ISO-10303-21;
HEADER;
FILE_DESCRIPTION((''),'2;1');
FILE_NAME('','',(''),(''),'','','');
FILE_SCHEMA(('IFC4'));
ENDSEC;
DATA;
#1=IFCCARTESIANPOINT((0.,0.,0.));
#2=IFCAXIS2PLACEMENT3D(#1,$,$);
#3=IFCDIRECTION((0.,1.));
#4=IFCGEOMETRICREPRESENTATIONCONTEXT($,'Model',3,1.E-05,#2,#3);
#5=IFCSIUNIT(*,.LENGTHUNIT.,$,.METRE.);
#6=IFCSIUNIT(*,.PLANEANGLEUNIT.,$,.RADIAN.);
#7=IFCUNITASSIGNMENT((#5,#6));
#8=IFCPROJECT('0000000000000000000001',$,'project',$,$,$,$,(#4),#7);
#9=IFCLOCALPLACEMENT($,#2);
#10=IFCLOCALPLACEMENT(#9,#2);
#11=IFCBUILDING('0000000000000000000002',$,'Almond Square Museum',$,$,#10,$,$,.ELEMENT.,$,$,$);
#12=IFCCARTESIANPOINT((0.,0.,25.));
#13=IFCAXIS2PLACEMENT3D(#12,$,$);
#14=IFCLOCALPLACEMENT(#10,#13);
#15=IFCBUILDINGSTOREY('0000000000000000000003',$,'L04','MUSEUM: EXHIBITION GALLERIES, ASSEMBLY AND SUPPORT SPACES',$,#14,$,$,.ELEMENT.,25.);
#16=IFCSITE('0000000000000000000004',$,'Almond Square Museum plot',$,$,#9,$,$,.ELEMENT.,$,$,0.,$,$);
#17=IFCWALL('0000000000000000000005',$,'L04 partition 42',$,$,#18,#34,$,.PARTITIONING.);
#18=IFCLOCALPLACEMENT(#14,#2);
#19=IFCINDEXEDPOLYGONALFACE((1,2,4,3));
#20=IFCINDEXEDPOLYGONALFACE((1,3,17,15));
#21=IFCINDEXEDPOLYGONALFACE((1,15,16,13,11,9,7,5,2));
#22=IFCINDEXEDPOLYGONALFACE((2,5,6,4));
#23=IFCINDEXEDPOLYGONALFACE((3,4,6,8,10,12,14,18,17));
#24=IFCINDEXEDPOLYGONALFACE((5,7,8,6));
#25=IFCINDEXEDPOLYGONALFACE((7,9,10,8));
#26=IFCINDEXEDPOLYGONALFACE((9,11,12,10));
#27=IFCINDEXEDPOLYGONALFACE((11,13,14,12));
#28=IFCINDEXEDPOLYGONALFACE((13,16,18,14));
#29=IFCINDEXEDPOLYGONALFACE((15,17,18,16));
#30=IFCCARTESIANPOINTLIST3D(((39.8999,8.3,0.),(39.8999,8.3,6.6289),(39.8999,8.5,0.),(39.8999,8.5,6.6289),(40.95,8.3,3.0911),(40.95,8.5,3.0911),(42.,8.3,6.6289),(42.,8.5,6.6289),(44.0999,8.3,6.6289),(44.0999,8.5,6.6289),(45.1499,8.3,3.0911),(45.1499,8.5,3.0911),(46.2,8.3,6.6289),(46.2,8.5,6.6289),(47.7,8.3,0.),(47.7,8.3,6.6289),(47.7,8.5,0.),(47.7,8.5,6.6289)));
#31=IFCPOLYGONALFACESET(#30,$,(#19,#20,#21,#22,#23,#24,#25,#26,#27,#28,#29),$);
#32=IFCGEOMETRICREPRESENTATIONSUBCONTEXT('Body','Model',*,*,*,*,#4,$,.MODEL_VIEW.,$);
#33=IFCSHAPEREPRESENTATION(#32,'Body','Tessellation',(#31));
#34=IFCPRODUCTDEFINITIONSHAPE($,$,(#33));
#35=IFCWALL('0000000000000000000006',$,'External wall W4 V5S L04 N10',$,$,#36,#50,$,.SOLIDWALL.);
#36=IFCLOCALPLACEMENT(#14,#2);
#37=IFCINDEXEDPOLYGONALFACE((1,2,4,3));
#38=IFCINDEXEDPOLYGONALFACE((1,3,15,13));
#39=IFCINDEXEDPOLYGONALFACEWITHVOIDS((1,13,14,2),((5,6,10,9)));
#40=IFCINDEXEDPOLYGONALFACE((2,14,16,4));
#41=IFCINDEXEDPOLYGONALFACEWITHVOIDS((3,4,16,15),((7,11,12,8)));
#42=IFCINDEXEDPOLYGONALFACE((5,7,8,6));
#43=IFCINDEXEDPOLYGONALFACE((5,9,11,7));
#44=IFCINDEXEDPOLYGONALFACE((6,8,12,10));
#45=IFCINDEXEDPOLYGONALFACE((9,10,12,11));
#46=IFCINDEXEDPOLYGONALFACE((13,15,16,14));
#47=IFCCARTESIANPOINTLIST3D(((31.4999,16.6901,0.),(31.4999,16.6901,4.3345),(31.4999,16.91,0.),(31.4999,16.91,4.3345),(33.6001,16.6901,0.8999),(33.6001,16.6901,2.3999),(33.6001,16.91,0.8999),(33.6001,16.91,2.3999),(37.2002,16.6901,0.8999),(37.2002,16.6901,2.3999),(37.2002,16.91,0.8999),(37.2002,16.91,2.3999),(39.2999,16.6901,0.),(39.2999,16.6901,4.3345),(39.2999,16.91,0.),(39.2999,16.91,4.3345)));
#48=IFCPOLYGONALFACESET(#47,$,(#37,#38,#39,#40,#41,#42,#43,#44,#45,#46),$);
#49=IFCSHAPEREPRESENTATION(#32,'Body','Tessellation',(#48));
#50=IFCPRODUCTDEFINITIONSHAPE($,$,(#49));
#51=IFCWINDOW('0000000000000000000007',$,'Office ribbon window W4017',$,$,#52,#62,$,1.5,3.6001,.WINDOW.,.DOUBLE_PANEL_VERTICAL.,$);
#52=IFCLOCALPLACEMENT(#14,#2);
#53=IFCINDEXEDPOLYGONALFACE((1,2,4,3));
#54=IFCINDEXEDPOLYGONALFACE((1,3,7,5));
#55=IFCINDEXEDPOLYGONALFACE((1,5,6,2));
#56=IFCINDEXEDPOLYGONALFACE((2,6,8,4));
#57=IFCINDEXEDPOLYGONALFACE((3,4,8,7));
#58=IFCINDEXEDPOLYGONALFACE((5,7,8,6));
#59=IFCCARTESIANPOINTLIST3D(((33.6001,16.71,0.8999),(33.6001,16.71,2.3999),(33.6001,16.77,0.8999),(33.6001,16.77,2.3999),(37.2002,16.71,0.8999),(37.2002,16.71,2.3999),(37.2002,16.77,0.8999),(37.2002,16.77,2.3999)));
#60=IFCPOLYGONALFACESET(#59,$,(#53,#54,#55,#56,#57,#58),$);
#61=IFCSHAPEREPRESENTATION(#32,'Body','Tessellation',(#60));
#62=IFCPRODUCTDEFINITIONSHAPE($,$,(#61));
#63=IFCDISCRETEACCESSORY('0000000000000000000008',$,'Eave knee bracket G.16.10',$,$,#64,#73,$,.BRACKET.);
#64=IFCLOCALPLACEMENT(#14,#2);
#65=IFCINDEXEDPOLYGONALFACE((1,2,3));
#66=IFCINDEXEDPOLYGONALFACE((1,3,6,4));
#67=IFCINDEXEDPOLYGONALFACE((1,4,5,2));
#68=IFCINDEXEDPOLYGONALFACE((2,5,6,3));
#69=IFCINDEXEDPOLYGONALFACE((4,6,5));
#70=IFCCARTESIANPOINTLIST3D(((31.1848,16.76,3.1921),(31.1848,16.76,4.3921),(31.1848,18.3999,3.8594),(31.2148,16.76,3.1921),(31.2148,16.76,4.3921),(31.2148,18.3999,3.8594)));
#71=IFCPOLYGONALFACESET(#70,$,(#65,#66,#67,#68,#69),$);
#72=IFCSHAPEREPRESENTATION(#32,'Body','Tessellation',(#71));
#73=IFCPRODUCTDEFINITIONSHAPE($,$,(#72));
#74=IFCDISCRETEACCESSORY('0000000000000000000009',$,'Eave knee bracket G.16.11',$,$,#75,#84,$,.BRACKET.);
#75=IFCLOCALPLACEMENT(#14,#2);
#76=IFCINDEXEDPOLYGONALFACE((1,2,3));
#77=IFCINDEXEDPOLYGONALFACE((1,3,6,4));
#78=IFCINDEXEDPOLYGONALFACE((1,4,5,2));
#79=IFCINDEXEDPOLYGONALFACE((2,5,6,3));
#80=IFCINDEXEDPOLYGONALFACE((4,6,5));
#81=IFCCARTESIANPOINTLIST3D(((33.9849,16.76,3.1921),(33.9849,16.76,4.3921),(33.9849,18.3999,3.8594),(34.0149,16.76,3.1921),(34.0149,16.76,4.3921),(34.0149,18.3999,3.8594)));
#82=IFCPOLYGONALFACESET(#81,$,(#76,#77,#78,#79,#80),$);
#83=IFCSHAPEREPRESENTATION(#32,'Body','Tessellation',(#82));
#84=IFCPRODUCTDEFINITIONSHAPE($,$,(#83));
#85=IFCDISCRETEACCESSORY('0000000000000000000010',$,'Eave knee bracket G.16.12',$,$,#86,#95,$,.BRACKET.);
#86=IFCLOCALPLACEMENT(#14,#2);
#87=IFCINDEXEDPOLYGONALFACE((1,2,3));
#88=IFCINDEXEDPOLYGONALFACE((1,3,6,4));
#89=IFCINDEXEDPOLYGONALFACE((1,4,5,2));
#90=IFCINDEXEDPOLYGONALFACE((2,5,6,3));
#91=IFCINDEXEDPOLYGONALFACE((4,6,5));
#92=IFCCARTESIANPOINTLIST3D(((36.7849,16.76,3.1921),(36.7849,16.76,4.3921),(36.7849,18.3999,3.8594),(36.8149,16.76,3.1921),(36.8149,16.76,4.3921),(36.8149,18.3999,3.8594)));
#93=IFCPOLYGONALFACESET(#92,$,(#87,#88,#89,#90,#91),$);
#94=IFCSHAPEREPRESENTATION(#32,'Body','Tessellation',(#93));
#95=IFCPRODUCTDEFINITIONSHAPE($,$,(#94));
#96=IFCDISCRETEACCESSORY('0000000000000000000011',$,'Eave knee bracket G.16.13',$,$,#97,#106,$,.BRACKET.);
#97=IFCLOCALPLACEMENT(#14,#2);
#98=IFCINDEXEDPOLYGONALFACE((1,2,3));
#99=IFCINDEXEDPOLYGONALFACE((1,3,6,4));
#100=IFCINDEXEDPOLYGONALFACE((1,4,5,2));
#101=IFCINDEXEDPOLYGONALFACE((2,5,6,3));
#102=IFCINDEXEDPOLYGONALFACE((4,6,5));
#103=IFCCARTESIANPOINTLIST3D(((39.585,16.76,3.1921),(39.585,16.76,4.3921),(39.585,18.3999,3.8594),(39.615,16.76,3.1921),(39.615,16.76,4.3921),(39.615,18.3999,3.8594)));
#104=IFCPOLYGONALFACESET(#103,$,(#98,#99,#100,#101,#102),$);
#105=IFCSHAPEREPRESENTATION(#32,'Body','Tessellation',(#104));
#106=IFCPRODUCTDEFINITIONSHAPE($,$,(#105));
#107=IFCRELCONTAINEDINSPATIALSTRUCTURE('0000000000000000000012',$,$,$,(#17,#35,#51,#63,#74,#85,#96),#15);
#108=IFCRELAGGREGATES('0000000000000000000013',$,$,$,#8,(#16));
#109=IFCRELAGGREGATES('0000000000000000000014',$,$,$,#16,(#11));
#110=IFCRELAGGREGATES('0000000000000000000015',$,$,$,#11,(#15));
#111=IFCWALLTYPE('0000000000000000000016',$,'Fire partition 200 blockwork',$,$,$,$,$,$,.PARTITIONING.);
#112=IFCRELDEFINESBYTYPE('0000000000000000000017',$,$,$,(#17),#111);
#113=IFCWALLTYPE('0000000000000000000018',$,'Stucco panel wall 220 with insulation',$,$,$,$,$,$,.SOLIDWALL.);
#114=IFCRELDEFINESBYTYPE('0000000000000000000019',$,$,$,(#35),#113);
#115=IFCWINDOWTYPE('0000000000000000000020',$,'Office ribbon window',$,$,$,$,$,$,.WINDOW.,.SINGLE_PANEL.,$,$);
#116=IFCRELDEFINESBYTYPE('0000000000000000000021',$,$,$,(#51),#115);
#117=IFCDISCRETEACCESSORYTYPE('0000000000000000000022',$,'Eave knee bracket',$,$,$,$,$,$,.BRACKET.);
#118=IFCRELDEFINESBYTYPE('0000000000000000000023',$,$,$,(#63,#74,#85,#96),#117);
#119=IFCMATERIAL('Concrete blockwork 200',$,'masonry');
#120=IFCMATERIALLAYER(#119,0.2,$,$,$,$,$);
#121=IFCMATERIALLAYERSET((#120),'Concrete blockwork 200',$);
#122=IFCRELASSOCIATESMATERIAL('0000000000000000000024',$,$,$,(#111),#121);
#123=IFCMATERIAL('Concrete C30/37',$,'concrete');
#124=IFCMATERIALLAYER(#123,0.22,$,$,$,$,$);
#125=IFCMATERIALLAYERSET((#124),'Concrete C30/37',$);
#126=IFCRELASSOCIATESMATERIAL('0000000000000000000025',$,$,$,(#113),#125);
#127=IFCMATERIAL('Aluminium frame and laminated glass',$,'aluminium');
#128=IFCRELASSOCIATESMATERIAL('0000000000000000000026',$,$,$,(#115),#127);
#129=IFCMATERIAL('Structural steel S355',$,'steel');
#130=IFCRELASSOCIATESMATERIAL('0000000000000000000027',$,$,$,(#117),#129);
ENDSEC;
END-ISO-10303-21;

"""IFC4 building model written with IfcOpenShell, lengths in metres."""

from ifc_helpers import new_model, si_unit, direction, frame, frame_2d, origin, place, context, subcontext, project, spatial, polyline, rectangle, outline, extrude, material, layer, layer_set, type_object, element, fill, save


model = new_model("IFC4")

# Units and contexts
model_context = context("Model", 3, precision=1e-05, world=origin(), true_north=direction((0.0, 1.0)))
body_context = subcontext(model_context, "Body", "Model", "MODEL_VIEW")
ifc_project = project(units=[si_unit("LENGTHUNIT", "METRE"), si_unit("PLANEANGLEUNIT", "RADIAN")], contexts=[model_context])

# Site, building, storey
site_placement = place(None, origin())
site = spatial("IfcSite", under=ifc_project, at=site_placement, Name="Almond Square Museum plot", CompositionType="ELEMENT", RefElevation=0.0)
building_placement = place(site_placement, origin())
building = spatial("IfcBuilding", under=site, at=building_placement, Name="Almond Square Museum", CompositionType="ELEMENT")
storey_placement = place(building_placement, frame((0.0, 0.0, 25.0)))
storey = spatial("IfcBuildingStorey", under=building, at=storey_placement, Name="L04", Description="MUSEUM: EXHIBITION GALLERIES, ASSEMBLY AND SUPPORT SPACES", CompositionType="ELEMENT", Elevation=25.0)

# Wall
ifc_material_1 = material(Name="Concrete blockwork 200", Category="masonry")
ifc_layer_1 = layer(ifc_material_1, 0.2)
ifc_layer_set_1 = layer_set([ifc_layer_1], Name="Concrete blockwork 200")
wall_type_1 = type_object("IfcWallType", Name="Fire partition 200 blockwork", PredefinedType="PARTITIONING", material=ifc_layer_set_1)
wall_1_placement = place(storey_placement, frame((39.8999, 8.3999, 0.0), z_axis=(0.0, 0.0, 1.0), x_axis=(1.0, 0.0, 0.0)))
element("IfcWall", 1, at=wall_1_placement, inside=storey, type_object=wall_type_1, Name="L04 partition 42", PredefinedType="PARTITIONING", context=body_context, shape_type="SweptSolid", body=[
    extrude(outline(polyline([(0.0, 0.0), (7.8, 0.0), (7.8, 6.6289), (6.3, 6.6289), (5.25, 3.0911), (4.2, 6.6289), (2.1001, 6.6289), (1.05, 3.0911), (0.0, 6.6289), (0.0, 0.0)])), frame((0.0, 0.1001, 0.0), z_axis=(0.0, -1.0, 0.0), x_axis=(1.0, 0.0, 0.0)), (0.0, 0.0, 1.0), 0.2),
])

# Wall, opening, window
ifc_material_2 = material(Name="Concrete C30/37", Category="concrete")
ifc_layer_2 = layer(ifc_material_2, 0.22)
ifc_layer_set_2 = layer_set([ifc_layer_2], Name="Concrete C30/37")
wall_type_2 = type_object("IfcWallType", Name="Stucco panel wall 220 with insulation", PredefinedType="SOLIDWALL", material=ifc_layer_set_2)
wall_2_placement = place(storey_placement, frame((31.5, 16.8, 0.0), z_axis=(0.0, 0.0, 1.0), x_axis=(1.0, 0.0, 0.0)))
wall_2 = element("IfcWall", 2, at=wall_2_placement, inside=storey, type_object=wall_type_2, Name="External wall W4 V5S L04 N10", PredefinedType="SOLIDWALL", context=body_context, shape_type="SweptSolid", body=[
    extrude(rectangle(XDim=7.8, YDim=0.22, at=frame_2d((3.8999, 0.0))), origin(), (0.0, 0.0, 1.0), 4.3345),
])
opening_placement = place(wall_2_placement, frame((2.1001, 0.0, 0.8999)))
opening = element("IfcOpeningElement", 3, at=opening_placement, cuts=wall_2, PredefinedType="OPENING", context=body_context, shape_type="SweptSolid", body=[
    extrude(rectangle(XDim=3.6001, YDim=1.5, at=frame_2d((1.8, 0.75))), frame((0.0, 0.1199, 0.0), z_axis=(0.0, -1.0, 0.0), x_axis=(1.0, 0.0, 0.0)), (0.0, 0.0, 1.0), 0.24),
])
ifc_material_3 = material(Name="Aluminium frame and laminated glass", Category="aluminium")
window_type = type_object("IfcWindowType", Name="Office ribbon window", PartitioningType="SINGLE_PANEL", PredefinedType="WINDOW", material=ifc_material_3)
window_placement = place(opening_placement, origin())
window = element("IfcWindow", 4, at=window_placement, inside=storey, type_object=window_type, Name="Office ribbon window W4017", OverallHeight=1.5, OverallWidth=3.6001, PartitioningType="DOUBLE_PANEL_VERTICAL", PredefinedType="WINDOW", context=body_context, shape_type="SweptSolid", body=[
    extrude(rectangle(XDim=3.6001, YDim=1.5, at=frame_2d((1.8, 0.75))), frame((0.0, -0.03, 0.0), z_axis=(0.0, -1.0, 0.0), x_axis=(1.0, 0.0, 0.0)), (0.0, 0.0, 1.0), 0.0601),
])
fill(opening, window)

# Discrete accessories
ifc_material_4 = material(Name="Structural steel S355", Category="steel")
discrete_accessory_type = type_object("IfcDiscreteAccessoryType", Name="Eave knee bracket", PredefinedType="BRACKET", material=ifc_material_4)
for number, where, z_axis, x_axis, name in (
    (5, (31.2, 16.76, 4.3921), (1.0, 0.0, 0.0), (0.0, 0.0, -1.0), "Eave knee bracket G.16.10"),
    (6, (34.0, 16.76, 4.3921), (1.0, 0.0, 0.0), (0.0, 0.0, -1.0), "Eave knee bracket G.16.11"),
    (7, (36.8, 16.76, 4.3921), (1.0, 0.0, 0.0), (0.0, 0.0, -1.0), "Eave knee bracket G.16.12"),
    (8, (39.6001, 16.76, 4.3921), (1.0, 0.0, 0.0), (0.0, 0.0, -1.0), "Eave knee bracket G.16.13"),
):
    element("IfcDiscreteAccessory", number, at=place(storey_placement, frame(where, z_axis=z_axis, x_axis=x_axis)), inside=storey, type_object=discrete_accessory_type, Name=name, PredefinedType="BRACKET", context=body_context, shape_type="SweptSolid", body=[
        extrude(outline(polyline([(0.0, 0.0), (1.2, 0.0), (0.5327, 1.6399), (0.0, 0.0)])), frame((0.0, 0.0, -0.0151)), (0.0, 0.0, 1.0), 0.03),
    ])

save(model, "model.ifc")
